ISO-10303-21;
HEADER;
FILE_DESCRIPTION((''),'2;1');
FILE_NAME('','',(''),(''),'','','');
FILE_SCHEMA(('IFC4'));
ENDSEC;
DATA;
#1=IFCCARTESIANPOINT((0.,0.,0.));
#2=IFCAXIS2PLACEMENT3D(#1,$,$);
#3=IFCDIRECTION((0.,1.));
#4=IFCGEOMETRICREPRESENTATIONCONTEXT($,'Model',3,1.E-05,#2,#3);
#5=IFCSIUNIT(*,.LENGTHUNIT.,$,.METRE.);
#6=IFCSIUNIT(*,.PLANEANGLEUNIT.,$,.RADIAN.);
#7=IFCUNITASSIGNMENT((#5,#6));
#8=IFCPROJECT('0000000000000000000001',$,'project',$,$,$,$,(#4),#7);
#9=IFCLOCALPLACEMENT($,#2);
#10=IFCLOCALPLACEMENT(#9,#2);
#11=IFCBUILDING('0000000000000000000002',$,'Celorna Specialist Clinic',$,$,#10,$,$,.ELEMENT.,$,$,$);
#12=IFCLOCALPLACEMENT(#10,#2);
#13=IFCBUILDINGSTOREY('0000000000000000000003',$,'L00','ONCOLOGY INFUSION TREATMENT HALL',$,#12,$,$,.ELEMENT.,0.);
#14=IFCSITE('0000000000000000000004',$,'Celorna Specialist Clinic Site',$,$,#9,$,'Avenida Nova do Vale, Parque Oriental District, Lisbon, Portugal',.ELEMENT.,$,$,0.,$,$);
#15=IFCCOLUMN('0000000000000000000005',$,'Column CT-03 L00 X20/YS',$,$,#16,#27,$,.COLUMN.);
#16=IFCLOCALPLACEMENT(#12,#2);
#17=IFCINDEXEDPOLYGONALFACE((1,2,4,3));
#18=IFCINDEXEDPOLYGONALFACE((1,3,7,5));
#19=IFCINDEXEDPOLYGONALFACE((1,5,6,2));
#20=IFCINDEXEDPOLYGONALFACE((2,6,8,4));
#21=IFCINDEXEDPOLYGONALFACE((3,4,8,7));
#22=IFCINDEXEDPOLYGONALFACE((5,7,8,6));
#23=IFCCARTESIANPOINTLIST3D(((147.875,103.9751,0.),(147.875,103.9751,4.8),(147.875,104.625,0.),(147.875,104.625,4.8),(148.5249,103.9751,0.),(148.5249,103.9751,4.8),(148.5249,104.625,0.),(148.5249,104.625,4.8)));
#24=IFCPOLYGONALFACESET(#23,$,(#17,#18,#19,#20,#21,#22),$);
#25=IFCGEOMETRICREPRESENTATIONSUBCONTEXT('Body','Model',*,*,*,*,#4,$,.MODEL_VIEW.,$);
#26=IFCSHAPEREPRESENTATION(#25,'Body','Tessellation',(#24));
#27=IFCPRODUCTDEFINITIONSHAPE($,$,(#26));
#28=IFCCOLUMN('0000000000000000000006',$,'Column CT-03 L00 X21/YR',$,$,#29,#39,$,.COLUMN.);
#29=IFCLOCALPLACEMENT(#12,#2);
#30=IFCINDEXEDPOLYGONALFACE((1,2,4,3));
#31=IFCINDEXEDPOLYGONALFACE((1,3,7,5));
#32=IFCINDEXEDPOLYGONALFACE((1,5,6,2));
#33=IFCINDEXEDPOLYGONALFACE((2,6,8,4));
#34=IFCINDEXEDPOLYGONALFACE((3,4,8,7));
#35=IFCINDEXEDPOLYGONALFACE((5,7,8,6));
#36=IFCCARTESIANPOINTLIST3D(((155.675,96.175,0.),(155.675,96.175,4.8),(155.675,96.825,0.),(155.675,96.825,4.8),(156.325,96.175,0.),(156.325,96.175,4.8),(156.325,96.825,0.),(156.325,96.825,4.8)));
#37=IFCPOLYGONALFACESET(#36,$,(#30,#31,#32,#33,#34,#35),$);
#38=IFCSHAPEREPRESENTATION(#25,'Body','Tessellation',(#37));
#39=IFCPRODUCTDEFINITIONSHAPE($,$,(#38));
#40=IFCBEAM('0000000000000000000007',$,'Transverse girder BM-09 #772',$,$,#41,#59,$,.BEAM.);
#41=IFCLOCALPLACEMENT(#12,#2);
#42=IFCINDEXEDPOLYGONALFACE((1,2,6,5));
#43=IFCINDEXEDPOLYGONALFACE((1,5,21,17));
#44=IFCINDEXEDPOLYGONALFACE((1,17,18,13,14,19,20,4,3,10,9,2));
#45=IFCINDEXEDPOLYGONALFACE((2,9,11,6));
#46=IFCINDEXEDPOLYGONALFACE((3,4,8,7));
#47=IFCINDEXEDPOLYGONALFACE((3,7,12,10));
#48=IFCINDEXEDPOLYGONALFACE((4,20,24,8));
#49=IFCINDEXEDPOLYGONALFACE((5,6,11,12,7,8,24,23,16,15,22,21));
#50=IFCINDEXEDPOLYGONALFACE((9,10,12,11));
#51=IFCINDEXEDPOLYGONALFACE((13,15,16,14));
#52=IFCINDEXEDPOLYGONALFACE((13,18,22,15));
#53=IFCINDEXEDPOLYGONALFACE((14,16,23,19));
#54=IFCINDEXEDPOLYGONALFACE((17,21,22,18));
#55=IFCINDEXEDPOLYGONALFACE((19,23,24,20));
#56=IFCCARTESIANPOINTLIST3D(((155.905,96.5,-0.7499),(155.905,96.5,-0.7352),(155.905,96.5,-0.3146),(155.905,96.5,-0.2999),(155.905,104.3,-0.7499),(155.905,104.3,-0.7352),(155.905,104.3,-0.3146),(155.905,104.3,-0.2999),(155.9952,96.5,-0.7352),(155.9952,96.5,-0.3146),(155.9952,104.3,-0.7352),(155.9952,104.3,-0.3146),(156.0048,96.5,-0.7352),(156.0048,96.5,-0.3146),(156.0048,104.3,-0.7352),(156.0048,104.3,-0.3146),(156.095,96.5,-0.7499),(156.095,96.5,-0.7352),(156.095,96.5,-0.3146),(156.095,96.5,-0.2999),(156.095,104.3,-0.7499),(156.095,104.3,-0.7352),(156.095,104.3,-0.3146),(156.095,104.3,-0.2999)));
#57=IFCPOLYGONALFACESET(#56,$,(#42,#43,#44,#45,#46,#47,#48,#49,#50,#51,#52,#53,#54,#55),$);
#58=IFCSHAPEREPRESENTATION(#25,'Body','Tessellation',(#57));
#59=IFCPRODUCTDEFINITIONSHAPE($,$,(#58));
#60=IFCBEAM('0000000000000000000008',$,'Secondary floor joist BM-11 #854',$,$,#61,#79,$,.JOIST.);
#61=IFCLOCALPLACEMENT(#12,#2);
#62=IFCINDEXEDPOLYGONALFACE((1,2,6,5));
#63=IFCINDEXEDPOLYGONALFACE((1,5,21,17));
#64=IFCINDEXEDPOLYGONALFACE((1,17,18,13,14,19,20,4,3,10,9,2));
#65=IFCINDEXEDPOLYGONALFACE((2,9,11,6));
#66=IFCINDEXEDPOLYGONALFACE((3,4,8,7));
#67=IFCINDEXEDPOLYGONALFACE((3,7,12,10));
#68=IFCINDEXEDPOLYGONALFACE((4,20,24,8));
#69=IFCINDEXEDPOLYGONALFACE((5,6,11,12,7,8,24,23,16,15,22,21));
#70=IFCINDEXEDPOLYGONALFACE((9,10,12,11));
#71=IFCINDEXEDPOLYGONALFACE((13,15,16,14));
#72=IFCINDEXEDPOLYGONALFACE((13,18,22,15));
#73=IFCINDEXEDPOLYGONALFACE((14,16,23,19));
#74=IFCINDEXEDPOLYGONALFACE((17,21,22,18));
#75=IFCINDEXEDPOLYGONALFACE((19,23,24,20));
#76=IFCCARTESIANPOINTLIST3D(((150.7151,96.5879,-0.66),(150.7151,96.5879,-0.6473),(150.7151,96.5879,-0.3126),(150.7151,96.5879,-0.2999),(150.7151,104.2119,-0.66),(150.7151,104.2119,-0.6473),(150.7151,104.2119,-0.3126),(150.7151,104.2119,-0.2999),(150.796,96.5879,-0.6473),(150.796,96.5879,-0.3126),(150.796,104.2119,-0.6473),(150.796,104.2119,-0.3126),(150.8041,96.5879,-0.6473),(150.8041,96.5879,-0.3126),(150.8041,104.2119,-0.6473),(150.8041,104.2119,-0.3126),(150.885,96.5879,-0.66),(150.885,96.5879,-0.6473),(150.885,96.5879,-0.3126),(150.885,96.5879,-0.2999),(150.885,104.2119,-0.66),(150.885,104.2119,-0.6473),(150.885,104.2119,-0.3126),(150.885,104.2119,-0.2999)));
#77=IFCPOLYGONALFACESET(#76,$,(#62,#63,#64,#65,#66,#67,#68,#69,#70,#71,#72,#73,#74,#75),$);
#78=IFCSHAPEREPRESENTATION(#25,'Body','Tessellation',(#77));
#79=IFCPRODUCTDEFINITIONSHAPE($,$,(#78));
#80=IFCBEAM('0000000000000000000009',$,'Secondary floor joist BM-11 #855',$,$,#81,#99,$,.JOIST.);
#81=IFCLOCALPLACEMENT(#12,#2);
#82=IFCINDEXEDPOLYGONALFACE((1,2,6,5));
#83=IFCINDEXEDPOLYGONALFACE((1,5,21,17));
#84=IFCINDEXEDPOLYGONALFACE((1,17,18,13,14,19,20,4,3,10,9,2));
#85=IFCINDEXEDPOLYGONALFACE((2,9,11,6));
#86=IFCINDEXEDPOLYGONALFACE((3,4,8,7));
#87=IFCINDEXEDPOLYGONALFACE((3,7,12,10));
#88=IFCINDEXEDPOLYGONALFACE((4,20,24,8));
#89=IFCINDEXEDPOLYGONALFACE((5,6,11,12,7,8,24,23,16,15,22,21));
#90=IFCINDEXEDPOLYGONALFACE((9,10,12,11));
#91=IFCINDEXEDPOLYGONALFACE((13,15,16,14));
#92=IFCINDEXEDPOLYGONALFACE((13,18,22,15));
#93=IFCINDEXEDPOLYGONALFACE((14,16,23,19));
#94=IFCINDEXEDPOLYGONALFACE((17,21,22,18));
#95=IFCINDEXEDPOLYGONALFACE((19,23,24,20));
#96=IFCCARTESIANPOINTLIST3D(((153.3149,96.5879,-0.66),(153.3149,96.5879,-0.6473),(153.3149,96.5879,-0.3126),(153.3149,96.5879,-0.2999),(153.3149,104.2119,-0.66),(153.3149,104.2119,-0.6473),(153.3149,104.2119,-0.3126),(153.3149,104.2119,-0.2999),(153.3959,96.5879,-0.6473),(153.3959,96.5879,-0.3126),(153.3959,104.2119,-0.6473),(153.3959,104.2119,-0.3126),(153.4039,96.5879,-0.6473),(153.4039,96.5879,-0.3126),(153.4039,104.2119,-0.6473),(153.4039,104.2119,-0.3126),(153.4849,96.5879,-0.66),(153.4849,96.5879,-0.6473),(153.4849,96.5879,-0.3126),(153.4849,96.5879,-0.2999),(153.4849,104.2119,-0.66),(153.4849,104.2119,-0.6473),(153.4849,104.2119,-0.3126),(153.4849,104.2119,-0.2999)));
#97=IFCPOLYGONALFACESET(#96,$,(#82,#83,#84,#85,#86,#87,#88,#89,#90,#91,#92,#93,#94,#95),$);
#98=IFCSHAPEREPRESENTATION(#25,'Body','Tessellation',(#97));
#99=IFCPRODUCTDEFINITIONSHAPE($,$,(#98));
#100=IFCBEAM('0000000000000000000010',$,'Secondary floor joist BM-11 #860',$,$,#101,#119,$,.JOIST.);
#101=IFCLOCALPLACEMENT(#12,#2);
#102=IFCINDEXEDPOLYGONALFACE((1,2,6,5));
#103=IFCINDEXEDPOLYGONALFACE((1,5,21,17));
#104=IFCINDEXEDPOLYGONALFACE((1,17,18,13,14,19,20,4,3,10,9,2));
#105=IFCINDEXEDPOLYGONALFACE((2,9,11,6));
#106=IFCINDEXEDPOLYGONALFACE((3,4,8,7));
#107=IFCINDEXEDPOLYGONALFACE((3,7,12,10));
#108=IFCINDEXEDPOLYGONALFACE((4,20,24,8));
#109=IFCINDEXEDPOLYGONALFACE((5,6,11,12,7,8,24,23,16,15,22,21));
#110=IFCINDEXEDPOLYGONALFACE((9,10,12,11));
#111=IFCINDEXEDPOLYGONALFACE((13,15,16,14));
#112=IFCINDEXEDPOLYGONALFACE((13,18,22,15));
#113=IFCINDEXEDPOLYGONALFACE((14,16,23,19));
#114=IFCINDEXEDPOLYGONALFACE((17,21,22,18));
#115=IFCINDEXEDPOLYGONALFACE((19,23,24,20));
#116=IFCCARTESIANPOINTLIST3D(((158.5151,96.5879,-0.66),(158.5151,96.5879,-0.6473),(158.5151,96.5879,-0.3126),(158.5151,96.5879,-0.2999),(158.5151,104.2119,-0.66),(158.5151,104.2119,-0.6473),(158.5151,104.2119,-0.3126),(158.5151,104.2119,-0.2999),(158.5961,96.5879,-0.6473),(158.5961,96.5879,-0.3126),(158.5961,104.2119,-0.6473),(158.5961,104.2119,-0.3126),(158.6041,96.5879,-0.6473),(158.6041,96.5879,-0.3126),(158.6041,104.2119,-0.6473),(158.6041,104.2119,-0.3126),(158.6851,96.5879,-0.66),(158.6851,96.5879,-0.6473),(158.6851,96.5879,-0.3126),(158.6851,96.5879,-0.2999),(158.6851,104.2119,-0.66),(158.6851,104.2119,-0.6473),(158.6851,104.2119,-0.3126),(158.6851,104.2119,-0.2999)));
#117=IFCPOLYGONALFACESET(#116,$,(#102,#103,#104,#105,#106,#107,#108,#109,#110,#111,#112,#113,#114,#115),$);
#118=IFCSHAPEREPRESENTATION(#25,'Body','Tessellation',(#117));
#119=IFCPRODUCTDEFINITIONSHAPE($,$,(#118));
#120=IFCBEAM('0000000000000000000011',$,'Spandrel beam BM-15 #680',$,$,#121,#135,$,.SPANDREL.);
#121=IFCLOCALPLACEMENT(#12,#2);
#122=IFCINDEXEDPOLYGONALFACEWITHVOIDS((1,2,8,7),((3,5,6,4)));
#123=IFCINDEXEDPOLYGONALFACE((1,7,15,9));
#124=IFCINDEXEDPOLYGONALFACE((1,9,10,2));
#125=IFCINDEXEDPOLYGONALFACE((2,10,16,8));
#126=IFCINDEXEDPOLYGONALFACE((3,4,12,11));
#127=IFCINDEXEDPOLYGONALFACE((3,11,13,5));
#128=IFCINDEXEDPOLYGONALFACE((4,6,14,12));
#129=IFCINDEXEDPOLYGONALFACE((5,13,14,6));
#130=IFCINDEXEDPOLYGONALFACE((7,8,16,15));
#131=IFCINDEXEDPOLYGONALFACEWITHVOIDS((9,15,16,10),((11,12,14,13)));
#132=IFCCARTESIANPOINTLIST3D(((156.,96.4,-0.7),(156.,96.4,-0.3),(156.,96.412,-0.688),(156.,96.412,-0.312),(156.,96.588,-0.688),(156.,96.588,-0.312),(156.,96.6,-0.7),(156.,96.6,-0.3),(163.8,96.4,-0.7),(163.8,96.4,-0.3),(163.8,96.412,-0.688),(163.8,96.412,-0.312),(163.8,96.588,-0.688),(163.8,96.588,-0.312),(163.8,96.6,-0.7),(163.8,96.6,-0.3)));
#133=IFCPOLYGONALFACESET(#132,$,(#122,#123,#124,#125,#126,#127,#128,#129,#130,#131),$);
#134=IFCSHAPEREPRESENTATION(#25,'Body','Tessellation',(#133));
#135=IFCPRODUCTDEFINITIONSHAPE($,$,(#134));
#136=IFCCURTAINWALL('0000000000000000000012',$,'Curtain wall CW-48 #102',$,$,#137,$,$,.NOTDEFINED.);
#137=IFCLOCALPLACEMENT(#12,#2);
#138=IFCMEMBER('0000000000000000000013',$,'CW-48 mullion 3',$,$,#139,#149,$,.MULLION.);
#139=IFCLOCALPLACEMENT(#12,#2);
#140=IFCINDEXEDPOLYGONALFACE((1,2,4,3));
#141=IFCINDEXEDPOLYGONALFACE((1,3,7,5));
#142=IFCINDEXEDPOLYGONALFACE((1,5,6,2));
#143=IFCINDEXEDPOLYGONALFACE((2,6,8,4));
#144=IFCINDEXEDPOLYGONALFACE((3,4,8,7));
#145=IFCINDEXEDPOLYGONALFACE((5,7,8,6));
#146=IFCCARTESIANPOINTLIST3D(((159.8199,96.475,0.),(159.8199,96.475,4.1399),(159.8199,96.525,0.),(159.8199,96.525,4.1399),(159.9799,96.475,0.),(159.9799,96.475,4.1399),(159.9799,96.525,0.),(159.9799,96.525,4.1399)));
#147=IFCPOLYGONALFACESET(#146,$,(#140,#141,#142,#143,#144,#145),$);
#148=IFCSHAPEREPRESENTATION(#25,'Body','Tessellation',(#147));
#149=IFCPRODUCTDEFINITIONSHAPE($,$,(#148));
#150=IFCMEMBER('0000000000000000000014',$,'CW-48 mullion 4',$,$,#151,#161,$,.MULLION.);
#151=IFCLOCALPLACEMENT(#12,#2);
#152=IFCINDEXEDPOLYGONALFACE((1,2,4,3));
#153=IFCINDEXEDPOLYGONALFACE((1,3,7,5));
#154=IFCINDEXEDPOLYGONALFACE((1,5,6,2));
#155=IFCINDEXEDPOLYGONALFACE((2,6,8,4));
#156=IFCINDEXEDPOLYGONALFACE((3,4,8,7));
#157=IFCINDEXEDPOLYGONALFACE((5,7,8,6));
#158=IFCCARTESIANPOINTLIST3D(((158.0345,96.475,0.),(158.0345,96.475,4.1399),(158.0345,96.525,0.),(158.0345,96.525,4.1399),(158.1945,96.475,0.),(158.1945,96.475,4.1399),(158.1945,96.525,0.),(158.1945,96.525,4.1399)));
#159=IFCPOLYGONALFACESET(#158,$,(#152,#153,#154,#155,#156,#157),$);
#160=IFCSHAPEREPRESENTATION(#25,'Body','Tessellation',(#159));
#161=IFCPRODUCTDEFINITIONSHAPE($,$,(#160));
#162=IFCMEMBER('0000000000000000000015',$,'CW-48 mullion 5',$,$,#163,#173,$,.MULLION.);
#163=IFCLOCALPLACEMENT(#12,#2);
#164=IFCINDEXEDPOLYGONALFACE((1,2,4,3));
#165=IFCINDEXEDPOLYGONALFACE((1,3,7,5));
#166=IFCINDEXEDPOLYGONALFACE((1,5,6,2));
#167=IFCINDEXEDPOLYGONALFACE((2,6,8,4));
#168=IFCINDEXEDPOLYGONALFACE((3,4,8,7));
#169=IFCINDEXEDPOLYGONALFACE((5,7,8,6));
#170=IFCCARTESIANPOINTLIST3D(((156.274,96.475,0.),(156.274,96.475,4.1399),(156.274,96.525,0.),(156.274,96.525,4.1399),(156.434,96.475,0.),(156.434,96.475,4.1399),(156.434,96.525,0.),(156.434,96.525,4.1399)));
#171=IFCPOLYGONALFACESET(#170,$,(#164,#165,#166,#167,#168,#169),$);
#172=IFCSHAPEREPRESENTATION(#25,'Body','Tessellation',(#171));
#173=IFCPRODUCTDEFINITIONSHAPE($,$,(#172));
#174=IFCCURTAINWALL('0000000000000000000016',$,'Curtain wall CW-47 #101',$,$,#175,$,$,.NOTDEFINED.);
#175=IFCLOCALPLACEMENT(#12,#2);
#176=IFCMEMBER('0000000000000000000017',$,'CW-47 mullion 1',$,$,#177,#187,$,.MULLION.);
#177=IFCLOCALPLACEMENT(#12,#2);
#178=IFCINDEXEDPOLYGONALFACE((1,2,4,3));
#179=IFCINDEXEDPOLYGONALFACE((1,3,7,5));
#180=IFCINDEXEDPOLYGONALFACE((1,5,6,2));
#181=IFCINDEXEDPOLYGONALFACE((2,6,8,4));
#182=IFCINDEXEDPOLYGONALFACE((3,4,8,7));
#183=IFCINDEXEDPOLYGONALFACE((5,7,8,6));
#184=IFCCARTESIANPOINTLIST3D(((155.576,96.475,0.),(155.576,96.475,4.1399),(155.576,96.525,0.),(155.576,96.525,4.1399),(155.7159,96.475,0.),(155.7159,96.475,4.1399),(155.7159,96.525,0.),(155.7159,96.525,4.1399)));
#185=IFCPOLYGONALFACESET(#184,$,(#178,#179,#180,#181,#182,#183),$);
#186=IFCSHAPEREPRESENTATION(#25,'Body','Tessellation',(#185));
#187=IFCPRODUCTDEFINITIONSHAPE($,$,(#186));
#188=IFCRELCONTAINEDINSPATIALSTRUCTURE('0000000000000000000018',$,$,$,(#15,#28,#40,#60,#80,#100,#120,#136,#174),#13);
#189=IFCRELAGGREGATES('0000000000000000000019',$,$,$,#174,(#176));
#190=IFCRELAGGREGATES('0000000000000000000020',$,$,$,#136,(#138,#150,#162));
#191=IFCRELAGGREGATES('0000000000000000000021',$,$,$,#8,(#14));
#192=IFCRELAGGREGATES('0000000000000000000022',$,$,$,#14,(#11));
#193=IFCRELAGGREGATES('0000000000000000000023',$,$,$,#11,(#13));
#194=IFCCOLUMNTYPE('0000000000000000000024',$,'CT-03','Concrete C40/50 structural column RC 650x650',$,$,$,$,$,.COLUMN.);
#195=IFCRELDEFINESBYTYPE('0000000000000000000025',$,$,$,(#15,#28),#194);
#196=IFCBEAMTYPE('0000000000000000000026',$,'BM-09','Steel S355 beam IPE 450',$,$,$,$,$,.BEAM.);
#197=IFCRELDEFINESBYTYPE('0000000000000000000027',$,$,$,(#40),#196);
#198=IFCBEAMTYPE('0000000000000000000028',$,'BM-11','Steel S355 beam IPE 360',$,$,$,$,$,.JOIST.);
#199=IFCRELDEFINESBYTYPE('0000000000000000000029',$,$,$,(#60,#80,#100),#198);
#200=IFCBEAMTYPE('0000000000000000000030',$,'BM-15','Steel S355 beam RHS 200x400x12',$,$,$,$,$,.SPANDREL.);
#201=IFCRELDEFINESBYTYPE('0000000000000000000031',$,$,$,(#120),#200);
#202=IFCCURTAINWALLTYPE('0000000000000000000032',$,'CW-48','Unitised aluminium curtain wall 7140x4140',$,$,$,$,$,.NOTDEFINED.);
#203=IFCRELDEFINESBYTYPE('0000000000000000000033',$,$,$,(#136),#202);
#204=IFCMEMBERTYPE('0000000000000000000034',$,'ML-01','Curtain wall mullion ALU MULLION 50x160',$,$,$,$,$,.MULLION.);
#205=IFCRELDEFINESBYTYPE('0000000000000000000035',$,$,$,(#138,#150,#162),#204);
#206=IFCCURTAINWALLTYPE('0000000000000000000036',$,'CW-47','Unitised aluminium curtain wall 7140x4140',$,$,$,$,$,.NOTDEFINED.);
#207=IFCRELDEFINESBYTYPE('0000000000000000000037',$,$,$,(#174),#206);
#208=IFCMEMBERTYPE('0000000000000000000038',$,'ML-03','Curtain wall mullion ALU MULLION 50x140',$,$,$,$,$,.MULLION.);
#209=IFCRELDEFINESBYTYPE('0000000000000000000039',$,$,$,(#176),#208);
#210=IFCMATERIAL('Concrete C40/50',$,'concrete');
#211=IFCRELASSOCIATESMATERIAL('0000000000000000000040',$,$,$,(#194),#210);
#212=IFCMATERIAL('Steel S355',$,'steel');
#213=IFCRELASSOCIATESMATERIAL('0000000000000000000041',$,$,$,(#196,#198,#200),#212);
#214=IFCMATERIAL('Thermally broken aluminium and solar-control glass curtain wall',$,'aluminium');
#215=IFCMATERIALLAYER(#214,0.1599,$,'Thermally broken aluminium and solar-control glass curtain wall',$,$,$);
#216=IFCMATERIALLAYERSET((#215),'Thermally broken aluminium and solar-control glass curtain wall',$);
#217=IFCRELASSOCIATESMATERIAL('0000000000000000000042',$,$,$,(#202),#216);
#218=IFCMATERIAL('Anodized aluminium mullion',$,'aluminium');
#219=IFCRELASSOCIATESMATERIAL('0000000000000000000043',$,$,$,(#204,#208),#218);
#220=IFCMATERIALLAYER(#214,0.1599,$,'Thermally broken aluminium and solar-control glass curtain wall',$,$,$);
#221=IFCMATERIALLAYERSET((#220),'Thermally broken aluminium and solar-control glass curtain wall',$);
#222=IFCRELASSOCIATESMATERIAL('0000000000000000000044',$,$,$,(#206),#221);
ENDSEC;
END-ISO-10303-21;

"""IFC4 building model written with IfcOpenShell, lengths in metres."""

from ifc_helpers import new_model, si_unit, direction, frame, origin, origin_2d, place, context, subcontext, project, spatial, rectangle, hollow_rectangle, i_section, extrude, material, layer, layer_set, material_profile, profile_set, type_object, element, aggregate, save


model = new_model("IFC4")

# Units and contexts
model_context = context("Model", 3, precision=1e-05, world=origin(), true_north=direction((0.0, 1.0)))
body_context = subcontext(model_context, "Body", "Model", "MODEL_VIEW")
ifc_project = project(units=[si_unit("LENGTHUNIT", "METRE"), si_unit("PLANEANGLEUNIT", "RADIAN")], contexts=[model_context])

# Site, building, storey
site_placement = place(None, origin())
site = spatial("IfcSite", under=ifc_project, at=site_placement, Name="Celorna Specialist Clinic Site", LongName="Avenida Nova do Vale, Parque Oriental District, Lisbon, Portugal", CompositionType="ELEMENT", RefElevation=0.0)
building_placement = place(site_placement, origin())
building = spatial("IfcBuilding", under=site, at=building_placement, Name="Celorna Specialist Clinic", CompositionType="ELEMENT")
storey_placement = place(building_placement, origin())
storey = spatial("IfcBuildingStorey", under=building, at=storey_placement, Name="L00", Description="ONCOLOGY INFUSION TREATMENT HALL", CompositionType="ELEMENT", Elevation=0.0)

# Columns
ifc_material_1 = material(Name="Concrete C40/50", Category="concrete")
ifc_material_profile_1 = material_profile(ifc_material_1, rectangle(XDim=0.6499, YDim=0.6499, at=origin_2d()), Name="RC 650x650")
ifc_profile_set_1 = profile_set([ifc_material_profile_1], Name="Concrete C40/50")
column_type = type_object("IfcColumnType", Name="CT-03", Description="Concrete C40/50 structural column RC 650x650", PredefinedType="COLUMN", material=ifc_profile_set_1)
for number, where, z_axis, x_axis, name in (
    (1, (148.2, 104.3, 0.0), (0.0, 0.0, 1.0), (1.0, 0.0, 0.0), "Column CT-03 L00 X20/YS"),
    (2, (156.0, 96.5, 0.0), (0.0, 0.0, 1.0), (1.0, 0.0, 0.0), "Column CT-03 L00 X21/YR"),
):
    element("IfcColumn", number, at=place(storey_placement, frame(where, z_axis=z_axis, x_axis=x_axis)), inside=storey, type_object=column_type, Name=name, PredefinedType="COLUMN", context=body_context, shape_type="SweptSolid", body=[
        extrude(rectangle(XDim=0.6499, YDim=0.6499, at=origin_2d()), origin(), (0.0, 0.0, 1.0), 4.8),
    ])

# Beams
ifc_material_2 = material(Name="Steel S355", Category="steel")
ifc_material_profile_2 = material_profile(ifc_material_2, i_section(OverallWidth=0.1899, OverallDepth=0.45, WebThickness=0.0095, FlangeThickness=0.0146, at=origin_2d()), Name="IPE 450")
ifc_profile_set_2 = profile_set([ifc_material_profile_2], Name="Steel S355")
beam_type_1 = type_object("IfcBeamType", Name="BM-09", Description="Steel S355 beam IPE 450", PredefinedType="BEAM", material=ifc_profile_set_2)
beam_1_placement = place(storey_placement, frame((156.0, 96.5, -0.5249), z_axis=(0.0, 1.0, 0.0), x_axis=(-1.0, 0.0, 0.0)))
element("IfcBeam", 3, at=beam_1_placement, inside=storey, type_object=beam_type_1, Name="Transverse girder BM-09 #772", PredefinedType="BEAM", context=body_context, shape_type="SweptSolid", body=[
    extrude(i_section(OverallWidth=0.1899, OverallDepth=0.45, WebThickness=0.0095, FlangeThickness=0.0146, at=origin_2d()), origin(), (0.0, 0.0, 1.0), 7.8),
])
ifc_material_profile_3 = material_profile(ifc_material_2, i_section(OverallWidth=0.1699, OverallDepth=0.3601, WebThickness=0.0081, FlangeThickness=0.0127, at=origin_2d()), Name="IPE 360")
ifc_profile_set_3 = profile_set([ifc_material_profile_3], Name="Steel S355")
beam_type_2 = type_object("IfcBeamType", Name="BM-11", Description="Steel S355 beam IPE 360", PredefinedType="JOIST", material=ifc_profile_set_3)
for number, where, z_axis, x_axis, name in (
    (4, (150.8, 96.5879, -0.48), (0.0, 1.0, 0.0), (-1.0, 0.0, 0.0), "Secondary floor joist BM-11 #854"),
    (5, (153.3999, 96.5879, -0.48), (0.0, 1.0, 0.0), (-1.0, 0.0, 0.0), "Secondary floor joist BM-11 #855"),
    (6, (158.6001, 96.5879, -0.48), (0.0, 1.0, 0.0), (-1.0, 0.0, 0.0), "Secondary floor joist BM-11 #860"),
):
    element("IfcBeam", number, at=place(storey_placement, frame(where, z_axis=z_axis, x_axis=x_axis)), inside=storey, type_object=beam_type_2, Name=name, PredefinedType="JOIST", context=body_context, shape_type="SweptSolid", body=[
        extrude(i_section(OverallWidth=0.1699, OverallDepth=0.3601, WebThickness=0.0081, FlangeThickness=0.0127, at=origin_2d()), origin(), (0.0, 0.0, 1.0), 7.624),
    ])
ifc_material_profile_4 = material_profile(ifc_material_2, hollow_rectangle(XDim=0.2, YDim=0.3999, WallThickness=0.012, at=origin_2d()), Name="RHS 200x400x12")
ifc_profile_set_4 = profile_set([ifc_material_profile_4], Name="Steel S355")
beam_type_3 = type_object("IfcBeamType", Name="BM-15", Description="Steel S355 beam RHS 200x400x12", PredefinedType="SPANDREL", material=ifc_profile_set_4)
beam_2_placement = place(storey_placement, frame((156.0, 96.5, -0.5), z_axis=(1.0, 0.0, 0.0), x_axis=(0.0, 1.0, 0.0)))
element("IfcBeam", 7, at=beam_2_placement, inside=storey, type_object=beam_type_3, Name="Spandrel beam BM-15 #680", PredefinedType="SPANDREL", context=body_context, shape_type="SweptSolid", body=[
    extrude(hollow_rectangle(XDim=0.2, YDim=0.3999, WallThickness=0.012, at=origin_2d()), origin(), (0.0, 0.0, 1.0), 7.8),
])

# Curtain walls, members
ifc_material_3 = material(Name="Thermally broken aluminium and solar-control glass curtain wall", Category="aluminium")
ifc_layer_1 = layer(ifc_material_3, 0.1599, Name="Thermally broken aluminium and solar-control glass curtain wall")
ifc_layer_set_1 = layer_set([ifc_layer_1], Name="Thermally broken aluminium and solar-control glass curtain wall")
curtain_wall_type_1 = type_object("IfcCurtainWallType", Name="CW-48", Description="Unitised aluminium curtain wall 7140x4140", PredefinedType="NOTDEFINED", material=ifc_layer_set_1)
curtain_wall_1_placement = place(storey_placement, origin())
curtain_wall_1 = element("IfcCurtainWall", 8, at=curtain_wall_1_placement, inside=storey, type_object=curtain_wall_type_1, Name="Curtain wall CW-48 #102", PredefinedType="NOTDEFINED")
ifc_material_4 = material(Name="Anodized aluminium mullion", Category="aluminium")
ifc_material_profile_5 = material_profile(ifc_material_4, rectangle(XDim=0.05, YDim=0.1599, at=origin_2d()), Name="ALU MULLION 50x160")
ifc_profile_set_5 = profile_set([ifc_material_profile_5], Name="Anodized aluminium mullion")
member_type_1 = type_object("IfcMemberType", Name="ML-01", Description="Curtain wall mullion ALU MULLION 50x160", PredefinedType="MULLION", material=ifc_profile_set_5)
member_1_placement = place(storey_placement, frame((159.8999, 96.5, 0.0), z_axis=(0.0, 0.0, 1.0), x_axis=(0.0, -1.0, 0.0)))
member_1 = element("IfcMember", 9, at=member_1_placement, type_object=member_type_1, Name="CW-48 mullion 3", PredefinedType="MULLION", context=body_context, shape_type="SweptSolid", body=[
    extrude(rectangle(XDim=0.05, YDim=0.1599, at=origin_2d()), origin(), (0.0, 0.0, 1.0), 4.1399),
])
member_2_placement = place(storey_placement, frame((158.1145, 96.5, 0.0), z_axis=(0.0, 0.0, 1.0), x_axis=(0.0, -1.0, 0.0)))
member_2 = element("IfcMember", 10, at=member_2_placement, type_object=member_type_1, Name="CW-48 mullion 4", PredefinedType="MULLION", context=body_context, shape_type="SweptSolid", body=[
    extrude(rectangle(XDim=0.05, YDim=0.1599, at=origin_2d()), origin(), (0.0, 0.0, 1.0), 4.1399),
])
member_3_placement = place(storey_placement, frame((156.354, 96.5, 0.0), z_axis=(0.0, 0.0, 1.0), x_axis=(0.0, -1.0, 0.0)))
member_3 = element("IfcMember", 11, at=member_3_placement, type_object=member_type_1, Name="CW-48 mullion 5", PredefinedType="MULLION", context=body_context, shape_type="SweptSolid", body=[
    extrude(rectangle(XDim=0.05, YDim=0.1599, at=origin_2d()), origin(), (0.0, 0.0, 1.0), 4.1399),
])
ifc_layer_2 = layer(ifc_material_3, 0.1599, Name="Thermally broken aluminium and solar-control glass curtain wall")
ifc_layer_set_2 = layer_set([ifc_layer_2], Name="Thermally broken aluminium and solar-control glass curtain wall")
curtain_wall_type_2 = type_object("IfcCurtainWallType", Name="CW-47", Description="Unitised aluminium curtain wall 7140x4140", PredefinedType="NOTDEFINED", material=ifc_layer_set_2)
curtain_wall_2_placement = place(storey_placement, origin())
curtain_wall_2 = element("IfcCurtainWall", 12, at=curtain_wall_2_placement, inside=storey, type_object=curtain_wall_type_2, Name="Curtain wall CW-47 #101", PredefinedType="NOTDEFINED")
ifc_material_profile_6 = material_profile(ifc_material_4, rectangle(XDim=0.05, YDim=0.1399, at=origin_2d()), Name="ALU MULLION 50x140")
ifc_profile_set_6 = profile_set([ifc_material_profile_6], Name="Anodized aluminium mullion")
member_type_2 = type_object("IfcMemberType", Name="ML-03", Description="Curtain wall mullion ALU MULLION 50x140", PredefinedType="MULLION", material=ifc_profile_set_6)
member_4_placement = place(storey_placement, frame((155.646, 96.5, 0.0), z_axis=(0.0, 0.0, 1.0), x_axis=(0.0, -1.0, 0.0)))
member_4 = element("IfcMember", 13, at=member_4_placement, type_object=member_type_2, Name="CW-47 mullion 1", PredefinedType="MULLION", context=body_context, shape_type="SweptSolid", body=[
    extrude(rectangle(XDim=0.05, YDim=0.1399, at=origin_2d()), origin(), (0.0, 0.0, 1.0), 4.1399),
])
aggregate(curtain_wall_2, [member_4])

aggregate(curtain_wall_1, [member_1, member_2, member_3])

save(model, "model.ifc")
